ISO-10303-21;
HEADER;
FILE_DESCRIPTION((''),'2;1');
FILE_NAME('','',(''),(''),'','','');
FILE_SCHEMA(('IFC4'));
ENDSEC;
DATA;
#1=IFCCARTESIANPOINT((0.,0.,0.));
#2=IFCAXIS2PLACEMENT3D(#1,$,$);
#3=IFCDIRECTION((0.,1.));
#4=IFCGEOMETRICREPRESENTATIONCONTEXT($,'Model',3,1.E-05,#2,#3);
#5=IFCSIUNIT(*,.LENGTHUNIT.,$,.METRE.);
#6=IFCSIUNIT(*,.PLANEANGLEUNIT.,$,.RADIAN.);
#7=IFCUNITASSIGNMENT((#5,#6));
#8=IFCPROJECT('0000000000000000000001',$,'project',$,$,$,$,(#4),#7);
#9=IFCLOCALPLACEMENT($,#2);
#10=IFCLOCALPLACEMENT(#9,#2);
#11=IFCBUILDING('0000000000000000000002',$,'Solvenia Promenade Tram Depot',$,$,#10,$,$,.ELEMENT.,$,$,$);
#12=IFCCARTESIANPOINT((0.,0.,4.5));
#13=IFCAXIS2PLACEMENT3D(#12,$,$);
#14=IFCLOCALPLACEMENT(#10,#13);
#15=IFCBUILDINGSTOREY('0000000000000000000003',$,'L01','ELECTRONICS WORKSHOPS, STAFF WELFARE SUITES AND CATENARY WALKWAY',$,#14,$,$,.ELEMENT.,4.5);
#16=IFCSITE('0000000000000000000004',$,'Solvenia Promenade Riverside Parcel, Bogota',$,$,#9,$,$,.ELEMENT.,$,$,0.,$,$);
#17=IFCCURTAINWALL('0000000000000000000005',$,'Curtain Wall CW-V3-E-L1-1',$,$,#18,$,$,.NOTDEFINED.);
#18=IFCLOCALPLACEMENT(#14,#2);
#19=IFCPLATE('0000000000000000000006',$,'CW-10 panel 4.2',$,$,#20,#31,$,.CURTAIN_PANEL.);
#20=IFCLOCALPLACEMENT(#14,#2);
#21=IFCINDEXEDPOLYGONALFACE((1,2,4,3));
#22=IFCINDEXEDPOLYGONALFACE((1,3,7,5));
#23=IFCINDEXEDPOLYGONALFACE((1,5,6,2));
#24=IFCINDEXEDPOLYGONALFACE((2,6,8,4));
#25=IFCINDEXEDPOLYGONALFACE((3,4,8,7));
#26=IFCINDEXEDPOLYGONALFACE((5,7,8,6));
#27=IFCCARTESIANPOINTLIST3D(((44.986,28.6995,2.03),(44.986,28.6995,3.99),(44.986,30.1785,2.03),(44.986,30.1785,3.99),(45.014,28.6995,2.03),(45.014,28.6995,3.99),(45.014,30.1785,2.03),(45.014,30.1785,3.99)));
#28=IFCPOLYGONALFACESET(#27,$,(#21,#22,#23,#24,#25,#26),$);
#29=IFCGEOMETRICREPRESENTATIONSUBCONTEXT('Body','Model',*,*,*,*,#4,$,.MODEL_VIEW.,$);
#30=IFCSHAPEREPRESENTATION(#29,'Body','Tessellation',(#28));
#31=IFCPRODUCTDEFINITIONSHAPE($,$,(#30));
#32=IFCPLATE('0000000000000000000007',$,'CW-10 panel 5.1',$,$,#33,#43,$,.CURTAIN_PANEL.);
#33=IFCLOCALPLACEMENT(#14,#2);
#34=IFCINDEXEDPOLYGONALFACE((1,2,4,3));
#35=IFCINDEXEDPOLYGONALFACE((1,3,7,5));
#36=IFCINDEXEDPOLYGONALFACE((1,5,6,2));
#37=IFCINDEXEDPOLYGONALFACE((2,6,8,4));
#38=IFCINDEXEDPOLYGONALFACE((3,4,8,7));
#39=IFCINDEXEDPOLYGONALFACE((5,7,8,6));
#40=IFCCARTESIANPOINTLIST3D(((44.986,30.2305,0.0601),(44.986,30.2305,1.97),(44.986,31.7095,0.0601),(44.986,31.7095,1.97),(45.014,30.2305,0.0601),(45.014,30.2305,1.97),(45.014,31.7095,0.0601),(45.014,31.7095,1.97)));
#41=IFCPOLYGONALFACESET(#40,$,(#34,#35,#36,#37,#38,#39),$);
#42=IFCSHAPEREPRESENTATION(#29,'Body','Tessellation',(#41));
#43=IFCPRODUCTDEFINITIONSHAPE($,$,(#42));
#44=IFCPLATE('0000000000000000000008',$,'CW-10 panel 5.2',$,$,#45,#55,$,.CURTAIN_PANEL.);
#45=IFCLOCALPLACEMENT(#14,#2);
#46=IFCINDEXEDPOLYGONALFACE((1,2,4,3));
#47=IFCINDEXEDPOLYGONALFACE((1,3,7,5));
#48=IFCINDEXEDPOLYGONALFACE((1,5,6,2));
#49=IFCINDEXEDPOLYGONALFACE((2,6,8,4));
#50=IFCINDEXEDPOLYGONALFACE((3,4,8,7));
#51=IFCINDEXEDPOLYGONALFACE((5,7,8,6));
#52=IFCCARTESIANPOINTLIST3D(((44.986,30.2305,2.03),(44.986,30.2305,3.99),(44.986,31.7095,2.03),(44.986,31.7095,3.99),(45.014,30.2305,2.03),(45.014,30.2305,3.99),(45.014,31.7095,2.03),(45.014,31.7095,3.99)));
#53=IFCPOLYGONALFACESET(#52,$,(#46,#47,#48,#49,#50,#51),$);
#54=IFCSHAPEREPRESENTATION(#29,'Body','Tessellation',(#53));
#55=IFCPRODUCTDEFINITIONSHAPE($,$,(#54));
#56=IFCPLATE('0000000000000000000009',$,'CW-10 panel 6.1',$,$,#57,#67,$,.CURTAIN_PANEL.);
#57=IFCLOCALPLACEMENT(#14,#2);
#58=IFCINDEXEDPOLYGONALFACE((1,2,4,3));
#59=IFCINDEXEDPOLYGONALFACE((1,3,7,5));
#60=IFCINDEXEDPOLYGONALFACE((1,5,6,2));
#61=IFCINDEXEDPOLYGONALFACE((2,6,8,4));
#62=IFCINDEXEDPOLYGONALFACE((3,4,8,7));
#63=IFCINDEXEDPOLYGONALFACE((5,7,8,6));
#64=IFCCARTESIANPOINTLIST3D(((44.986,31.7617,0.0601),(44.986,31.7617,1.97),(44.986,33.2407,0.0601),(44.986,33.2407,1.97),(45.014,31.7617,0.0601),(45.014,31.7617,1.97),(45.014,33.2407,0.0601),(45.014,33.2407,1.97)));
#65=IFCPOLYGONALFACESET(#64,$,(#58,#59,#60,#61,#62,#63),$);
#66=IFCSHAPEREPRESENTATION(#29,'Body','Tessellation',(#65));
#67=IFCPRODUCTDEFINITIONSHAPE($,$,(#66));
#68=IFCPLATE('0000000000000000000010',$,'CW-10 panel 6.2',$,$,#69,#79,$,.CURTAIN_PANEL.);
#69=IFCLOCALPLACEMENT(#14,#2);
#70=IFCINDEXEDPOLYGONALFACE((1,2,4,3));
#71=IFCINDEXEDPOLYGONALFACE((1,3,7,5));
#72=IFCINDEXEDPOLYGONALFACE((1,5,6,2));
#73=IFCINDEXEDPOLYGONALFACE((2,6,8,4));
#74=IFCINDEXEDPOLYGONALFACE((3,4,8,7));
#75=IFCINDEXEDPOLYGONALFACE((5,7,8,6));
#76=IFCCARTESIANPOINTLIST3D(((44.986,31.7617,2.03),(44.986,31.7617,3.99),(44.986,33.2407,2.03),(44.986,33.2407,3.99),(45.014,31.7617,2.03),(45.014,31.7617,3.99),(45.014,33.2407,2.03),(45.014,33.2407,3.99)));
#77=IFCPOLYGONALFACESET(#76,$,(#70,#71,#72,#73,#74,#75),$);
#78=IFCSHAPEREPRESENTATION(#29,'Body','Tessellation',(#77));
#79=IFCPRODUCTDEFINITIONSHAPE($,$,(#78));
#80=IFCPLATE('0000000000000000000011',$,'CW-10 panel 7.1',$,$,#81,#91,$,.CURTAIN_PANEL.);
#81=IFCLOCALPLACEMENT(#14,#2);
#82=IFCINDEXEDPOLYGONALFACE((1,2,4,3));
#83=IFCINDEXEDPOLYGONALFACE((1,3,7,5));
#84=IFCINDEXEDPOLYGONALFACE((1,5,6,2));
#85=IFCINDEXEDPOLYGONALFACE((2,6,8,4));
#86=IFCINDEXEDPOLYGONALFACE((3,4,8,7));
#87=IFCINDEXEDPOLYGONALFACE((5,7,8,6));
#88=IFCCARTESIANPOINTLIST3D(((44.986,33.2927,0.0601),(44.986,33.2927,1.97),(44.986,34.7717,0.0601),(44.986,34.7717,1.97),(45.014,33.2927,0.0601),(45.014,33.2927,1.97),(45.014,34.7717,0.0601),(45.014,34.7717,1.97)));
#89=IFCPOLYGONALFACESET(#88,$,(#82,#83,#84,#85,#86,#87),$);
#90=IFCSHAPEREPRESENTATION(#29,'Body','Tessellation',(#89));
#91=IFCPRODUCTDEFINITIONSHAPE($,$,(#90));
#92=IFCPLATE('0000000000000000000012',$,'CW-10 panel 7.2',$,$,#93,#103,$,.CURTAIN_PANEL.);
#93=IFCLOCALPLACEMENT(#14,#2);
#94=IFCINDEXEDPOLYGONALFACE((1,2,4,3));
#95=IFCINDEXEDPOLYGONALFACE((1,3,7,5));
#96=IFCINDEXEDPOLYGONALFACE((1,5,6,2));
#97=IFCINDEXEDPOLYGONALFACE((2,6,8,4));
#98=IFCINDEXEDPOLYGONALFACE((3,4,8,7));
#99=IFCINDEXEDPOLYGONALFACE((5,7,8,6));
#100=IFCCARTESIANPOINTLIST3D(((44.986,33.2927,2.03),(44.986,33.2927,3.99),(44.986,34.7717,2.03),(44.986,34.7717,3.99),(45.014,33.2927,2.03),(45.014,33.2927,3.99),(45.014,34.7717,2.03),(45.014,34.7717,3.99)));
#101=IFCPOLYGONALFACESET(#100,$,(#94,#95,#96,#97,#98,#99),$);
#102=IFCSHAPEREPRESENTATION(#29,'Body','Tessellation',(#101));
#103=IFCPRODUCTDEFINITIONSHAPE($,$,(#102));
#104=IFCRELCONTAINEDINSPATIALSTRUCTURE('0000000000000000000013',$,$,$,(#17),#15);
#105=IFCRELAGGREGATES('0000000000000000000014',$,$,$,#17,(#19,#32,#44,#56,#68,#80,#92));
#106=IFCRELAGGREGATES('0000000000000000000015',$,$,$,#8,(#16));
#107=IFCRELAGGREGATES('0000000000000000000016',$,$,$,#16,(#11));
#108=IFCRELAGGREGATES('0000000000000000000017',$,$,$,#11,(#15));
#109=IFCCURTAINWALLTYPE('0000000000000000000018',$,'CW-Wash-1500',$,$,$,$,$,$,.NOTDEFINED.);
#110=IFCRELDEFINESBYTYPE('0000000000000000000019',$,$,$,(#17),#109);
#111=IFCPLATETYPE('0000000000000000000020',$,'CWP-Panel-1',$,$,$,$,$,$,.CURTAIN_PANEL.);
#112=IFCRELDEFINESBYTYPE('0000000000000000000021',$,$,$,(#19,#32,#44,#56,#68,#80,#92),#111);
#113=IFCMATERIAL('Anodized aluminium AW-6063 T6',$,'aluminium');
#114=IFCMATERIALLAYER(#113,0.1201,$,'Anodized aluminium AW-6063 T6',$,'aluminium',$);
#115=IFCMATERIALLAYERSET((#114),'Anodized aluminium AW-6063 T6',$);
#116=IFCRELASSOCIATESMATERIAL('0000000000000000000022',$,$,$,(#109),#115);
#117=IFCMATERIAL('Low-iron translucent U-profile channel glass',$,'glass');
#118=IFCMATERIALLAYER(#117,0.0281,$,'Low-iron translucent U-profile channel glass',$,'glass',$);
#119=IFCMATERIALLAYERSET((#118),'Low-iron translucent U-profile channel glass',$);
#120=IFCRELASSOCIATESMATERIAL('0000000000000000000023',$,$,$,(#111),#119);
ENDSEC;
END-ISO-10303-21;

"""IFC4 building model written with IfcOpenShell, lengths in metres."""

from ifc_helpers import new_model, si_unit, direction, frame, origin, origin_2d, place, context, subcontext, project, spatial, rectangle, extrude, material, layer, layer_set, type_object, element, aggregate, save


model = new_model("IFC4")

# Units and contexts
model_context = context("Model", 3, precision=1e-05, world=origin(), true_north=direction((0.0, 1.0)))
body_context = subcontext(model_context, "Body", "Model", "MODEL_VIEW")
ifc_project = project(units=[si_unit("LENGTHUNIT", "METRE"), si_unit("PLANEANGLEUNIT", "RADIAN")], contexts=[model_context])

# Site, building, storey
site_placement = place(None, origin())
site = spatial("IfcSite", under=ifc_project, at=site_placement, Name="Solvenia Promenade Riverside Parcel, Bogota", CompositionType="ELEMENT", RefElevation=0.0)
building_placement = place(site_placement, origin())
building = spatial("IfcBuilding", under=site, at=building_placement, Name="Solvenia Promenade Tram Depot", CompositionType="ELEMENT")
storey_placement = place(building_placement, frame((0.0, 0.0, 4.5)))
storey = spatial("IfcBuildingStorey", under=building, at=storey_placement, Name="L01", Description="ELECTRONICS WORKSHOPS, STAFF WELFARE SUITES AND CATENARY WALKWAY", CompositionType="ELEMENT", Elevation=4.5)

# Curtain wall
ifc_material_1 = material(Name="Anodized aluminium AW-6063 T6", Category="aluminium")
ifc_layer_1 = layer(ifc_material_1, 0.1201, Name="Anodized aluminium AW-6063 T6", Category="aluminium")
ifc_layer_set_1 = layer_set([ifc_layer_1], Name="Anodized aluminium AW-6063 T6")
curtain_wall_type = type_object("IfcCurtainWallType", Name="CW-Wash-1500", PredefinedType="NOTDEFINED", material=ifc_layer_set_1)
curtain_wall_placement = place(storey_placement, origin())
curtain_wall = element("IfcCurtainWall", 1, at=curtain_wall_placement, inside=storey, type_object=curtain_wall_type, Name="Curtain Wall CW-V3-E-L1-1", PredefinedType="NOTDEFINED")

# Plates
ifc_material_2 = material(Name="Low-iron translucent U-profile channel glass", Category="glass")
ifc_layer_2 = layer(ifc_material_2, 0.0281, Name="Low-iron translucent U-profile channel glass", Category="glass")
ifc_layer_set_2 = layer_set([ifc_layer_2], Name="Low-iron translucent U-profile channel glass")
plate_type = type_object("IfcPlateType", Name="CWP-Panel-1", PredefinedType="CURTAIN_PANEL", material=ifc_layer_set_2)
plate_1_placement = place(storey_placement, frame((45.0, 29.439, 2.03), z_axis=(0.0, 0.0, 1.0), x_axis=(0.0, 1.0, 0.0)))
plate_1 = element("IfcPlate", 2, at=plate_1_placement, type_object=plate_type, Name="CW-10 panel 4.2", PredefinedType="CURTAIN_PANEL", context=body_context, shape_type="SweptSolid", body=[
    extrude(rectangle(XDim=1.479, YDim=0.0281, at=origin_2d()), origin(), (0.0, 0.0, 1.0), 1.96),
])
plate_2_placement = place(storey_placement, frame((45.0, 30.97, 0.0601), z_axis=(0.0, 0.0, 1.0), x_axis=(0.0, 1.0, 0.0)))
plate_2 = element("IfcPlate", 3, at=plate_2_placement, type_object=plate_type, Name="CW-10 panel 5.1", PredefinedType="CURTAIN_PANEL", context=body_context, shape_type="SweptSolid", body=[
    extrude(rectangle(XDim=1.479, YDim=0.0281, at=origin_2d()), origin(), (0.0, 0.0, 1.0), 1.9099),
])
plate_3_placement = place(storey_placement, frame((45.0, 30.97, 2.03), z_axis=(0.0, 0.0, 1.0), x_axis=(0.0, 1.0, 0.0)))
plate_3 = element("IfcPlate", 4, at=plate_3_placement, type_object=plate_type, Name="CW-10 panel 5.2", PredefinedType="CURTAIN_PANEL", context=body_context, shape_type="SweptSolid", body=[
    extrude(rectangle(XDim=1.479, YDim=0.0281, at=origin_2d()), origin(), (0.0, 0.0, 1.0), 1.96),
])
plate_4_placement = place(storey_placement, frame((45.0, 32.5012, 0.0601), z_axis=(0.0, 0.0, 1.0), x_axis=(0.0, 1.0, 0.0)))
plate_4 = element("IfcPlate", 5, at=plate_4_placement, type_object=plate_type, Name="CW-10 panel 6.1", PredefinedType="CURTAIN_PANEL", context=body_context, shape_type="SweptSolid", body=[
    extrude(rectangle(XDim=1.479, YDim=0.0281, at=origin_2d()), origin(), (0.0, 0.0, 1.0), 1.9099),
])
plate_5_placement = place(storey_placement, frame((45.0, 32.5012, 2.03), z_axis=(0.0, 0.0, 1.0), x_axis=(0.0, 1.0, 0.0)))
plate_5 = element("IfcPlate", 6, at=plate_5_placement, type_object=plate_type, Name="CW-10 panel 6.2", PredefinedType="CURTAIN_PANEL", context=body_context, shape_type="SweptSolid", body=[
    extrude(rectangle(XDim=1.479, YDim=0.0281, at=origin_2d()), origin(), (0.0, 0.0, 1.0), 1.96),
])
plate_6_placement = place(storey_placement, frame((45.0, 34.0322, 0.0601), z_axis=(0.0, 0.0, 1.0), x_axis=(0.0, 1.0, 0.0)))
plate_6 = element("IfcPlate", 7, at=plate_6_placement, type_object=plate_type, Name="CW-10 panel 7.1", PredefinedType="CURTAIN_PANEL", context=body_context, shape_type="SweptSolid", body=[
    extrude(rectangle(XDim=1.479, YDim=0.0281, at=origin_2d()), origin(), (0.0, 0.0, 1.0), 1.9099),
])
plate_7_placement = place(storey_placement, frame((45.0, 34.0322, 2.03), z_axis=(0.0, 0.0, 1.0), x_axis=(0.0, 1.0, 0.0)))
plate_7 = element("IfcPlate", 8, at=plate_7_placement, type_object=plate_type, Name="CW-10 panel 7.2", PredefinedType="CURTAIN_PANEL", context=body_context, shape_type="SweptSolid", body=[
    extrude(rectangle(XDim=1.479, YDim=0.0281, at=origin_2d()), origin(), (0.0, 0.0, 1.0), 1.96),
])
aggregate(curtain_wall, [plate_1, plate_2, plate_3, plate_4, plate_5, plate_6, plate_7])

save(model, "model.ifc")
